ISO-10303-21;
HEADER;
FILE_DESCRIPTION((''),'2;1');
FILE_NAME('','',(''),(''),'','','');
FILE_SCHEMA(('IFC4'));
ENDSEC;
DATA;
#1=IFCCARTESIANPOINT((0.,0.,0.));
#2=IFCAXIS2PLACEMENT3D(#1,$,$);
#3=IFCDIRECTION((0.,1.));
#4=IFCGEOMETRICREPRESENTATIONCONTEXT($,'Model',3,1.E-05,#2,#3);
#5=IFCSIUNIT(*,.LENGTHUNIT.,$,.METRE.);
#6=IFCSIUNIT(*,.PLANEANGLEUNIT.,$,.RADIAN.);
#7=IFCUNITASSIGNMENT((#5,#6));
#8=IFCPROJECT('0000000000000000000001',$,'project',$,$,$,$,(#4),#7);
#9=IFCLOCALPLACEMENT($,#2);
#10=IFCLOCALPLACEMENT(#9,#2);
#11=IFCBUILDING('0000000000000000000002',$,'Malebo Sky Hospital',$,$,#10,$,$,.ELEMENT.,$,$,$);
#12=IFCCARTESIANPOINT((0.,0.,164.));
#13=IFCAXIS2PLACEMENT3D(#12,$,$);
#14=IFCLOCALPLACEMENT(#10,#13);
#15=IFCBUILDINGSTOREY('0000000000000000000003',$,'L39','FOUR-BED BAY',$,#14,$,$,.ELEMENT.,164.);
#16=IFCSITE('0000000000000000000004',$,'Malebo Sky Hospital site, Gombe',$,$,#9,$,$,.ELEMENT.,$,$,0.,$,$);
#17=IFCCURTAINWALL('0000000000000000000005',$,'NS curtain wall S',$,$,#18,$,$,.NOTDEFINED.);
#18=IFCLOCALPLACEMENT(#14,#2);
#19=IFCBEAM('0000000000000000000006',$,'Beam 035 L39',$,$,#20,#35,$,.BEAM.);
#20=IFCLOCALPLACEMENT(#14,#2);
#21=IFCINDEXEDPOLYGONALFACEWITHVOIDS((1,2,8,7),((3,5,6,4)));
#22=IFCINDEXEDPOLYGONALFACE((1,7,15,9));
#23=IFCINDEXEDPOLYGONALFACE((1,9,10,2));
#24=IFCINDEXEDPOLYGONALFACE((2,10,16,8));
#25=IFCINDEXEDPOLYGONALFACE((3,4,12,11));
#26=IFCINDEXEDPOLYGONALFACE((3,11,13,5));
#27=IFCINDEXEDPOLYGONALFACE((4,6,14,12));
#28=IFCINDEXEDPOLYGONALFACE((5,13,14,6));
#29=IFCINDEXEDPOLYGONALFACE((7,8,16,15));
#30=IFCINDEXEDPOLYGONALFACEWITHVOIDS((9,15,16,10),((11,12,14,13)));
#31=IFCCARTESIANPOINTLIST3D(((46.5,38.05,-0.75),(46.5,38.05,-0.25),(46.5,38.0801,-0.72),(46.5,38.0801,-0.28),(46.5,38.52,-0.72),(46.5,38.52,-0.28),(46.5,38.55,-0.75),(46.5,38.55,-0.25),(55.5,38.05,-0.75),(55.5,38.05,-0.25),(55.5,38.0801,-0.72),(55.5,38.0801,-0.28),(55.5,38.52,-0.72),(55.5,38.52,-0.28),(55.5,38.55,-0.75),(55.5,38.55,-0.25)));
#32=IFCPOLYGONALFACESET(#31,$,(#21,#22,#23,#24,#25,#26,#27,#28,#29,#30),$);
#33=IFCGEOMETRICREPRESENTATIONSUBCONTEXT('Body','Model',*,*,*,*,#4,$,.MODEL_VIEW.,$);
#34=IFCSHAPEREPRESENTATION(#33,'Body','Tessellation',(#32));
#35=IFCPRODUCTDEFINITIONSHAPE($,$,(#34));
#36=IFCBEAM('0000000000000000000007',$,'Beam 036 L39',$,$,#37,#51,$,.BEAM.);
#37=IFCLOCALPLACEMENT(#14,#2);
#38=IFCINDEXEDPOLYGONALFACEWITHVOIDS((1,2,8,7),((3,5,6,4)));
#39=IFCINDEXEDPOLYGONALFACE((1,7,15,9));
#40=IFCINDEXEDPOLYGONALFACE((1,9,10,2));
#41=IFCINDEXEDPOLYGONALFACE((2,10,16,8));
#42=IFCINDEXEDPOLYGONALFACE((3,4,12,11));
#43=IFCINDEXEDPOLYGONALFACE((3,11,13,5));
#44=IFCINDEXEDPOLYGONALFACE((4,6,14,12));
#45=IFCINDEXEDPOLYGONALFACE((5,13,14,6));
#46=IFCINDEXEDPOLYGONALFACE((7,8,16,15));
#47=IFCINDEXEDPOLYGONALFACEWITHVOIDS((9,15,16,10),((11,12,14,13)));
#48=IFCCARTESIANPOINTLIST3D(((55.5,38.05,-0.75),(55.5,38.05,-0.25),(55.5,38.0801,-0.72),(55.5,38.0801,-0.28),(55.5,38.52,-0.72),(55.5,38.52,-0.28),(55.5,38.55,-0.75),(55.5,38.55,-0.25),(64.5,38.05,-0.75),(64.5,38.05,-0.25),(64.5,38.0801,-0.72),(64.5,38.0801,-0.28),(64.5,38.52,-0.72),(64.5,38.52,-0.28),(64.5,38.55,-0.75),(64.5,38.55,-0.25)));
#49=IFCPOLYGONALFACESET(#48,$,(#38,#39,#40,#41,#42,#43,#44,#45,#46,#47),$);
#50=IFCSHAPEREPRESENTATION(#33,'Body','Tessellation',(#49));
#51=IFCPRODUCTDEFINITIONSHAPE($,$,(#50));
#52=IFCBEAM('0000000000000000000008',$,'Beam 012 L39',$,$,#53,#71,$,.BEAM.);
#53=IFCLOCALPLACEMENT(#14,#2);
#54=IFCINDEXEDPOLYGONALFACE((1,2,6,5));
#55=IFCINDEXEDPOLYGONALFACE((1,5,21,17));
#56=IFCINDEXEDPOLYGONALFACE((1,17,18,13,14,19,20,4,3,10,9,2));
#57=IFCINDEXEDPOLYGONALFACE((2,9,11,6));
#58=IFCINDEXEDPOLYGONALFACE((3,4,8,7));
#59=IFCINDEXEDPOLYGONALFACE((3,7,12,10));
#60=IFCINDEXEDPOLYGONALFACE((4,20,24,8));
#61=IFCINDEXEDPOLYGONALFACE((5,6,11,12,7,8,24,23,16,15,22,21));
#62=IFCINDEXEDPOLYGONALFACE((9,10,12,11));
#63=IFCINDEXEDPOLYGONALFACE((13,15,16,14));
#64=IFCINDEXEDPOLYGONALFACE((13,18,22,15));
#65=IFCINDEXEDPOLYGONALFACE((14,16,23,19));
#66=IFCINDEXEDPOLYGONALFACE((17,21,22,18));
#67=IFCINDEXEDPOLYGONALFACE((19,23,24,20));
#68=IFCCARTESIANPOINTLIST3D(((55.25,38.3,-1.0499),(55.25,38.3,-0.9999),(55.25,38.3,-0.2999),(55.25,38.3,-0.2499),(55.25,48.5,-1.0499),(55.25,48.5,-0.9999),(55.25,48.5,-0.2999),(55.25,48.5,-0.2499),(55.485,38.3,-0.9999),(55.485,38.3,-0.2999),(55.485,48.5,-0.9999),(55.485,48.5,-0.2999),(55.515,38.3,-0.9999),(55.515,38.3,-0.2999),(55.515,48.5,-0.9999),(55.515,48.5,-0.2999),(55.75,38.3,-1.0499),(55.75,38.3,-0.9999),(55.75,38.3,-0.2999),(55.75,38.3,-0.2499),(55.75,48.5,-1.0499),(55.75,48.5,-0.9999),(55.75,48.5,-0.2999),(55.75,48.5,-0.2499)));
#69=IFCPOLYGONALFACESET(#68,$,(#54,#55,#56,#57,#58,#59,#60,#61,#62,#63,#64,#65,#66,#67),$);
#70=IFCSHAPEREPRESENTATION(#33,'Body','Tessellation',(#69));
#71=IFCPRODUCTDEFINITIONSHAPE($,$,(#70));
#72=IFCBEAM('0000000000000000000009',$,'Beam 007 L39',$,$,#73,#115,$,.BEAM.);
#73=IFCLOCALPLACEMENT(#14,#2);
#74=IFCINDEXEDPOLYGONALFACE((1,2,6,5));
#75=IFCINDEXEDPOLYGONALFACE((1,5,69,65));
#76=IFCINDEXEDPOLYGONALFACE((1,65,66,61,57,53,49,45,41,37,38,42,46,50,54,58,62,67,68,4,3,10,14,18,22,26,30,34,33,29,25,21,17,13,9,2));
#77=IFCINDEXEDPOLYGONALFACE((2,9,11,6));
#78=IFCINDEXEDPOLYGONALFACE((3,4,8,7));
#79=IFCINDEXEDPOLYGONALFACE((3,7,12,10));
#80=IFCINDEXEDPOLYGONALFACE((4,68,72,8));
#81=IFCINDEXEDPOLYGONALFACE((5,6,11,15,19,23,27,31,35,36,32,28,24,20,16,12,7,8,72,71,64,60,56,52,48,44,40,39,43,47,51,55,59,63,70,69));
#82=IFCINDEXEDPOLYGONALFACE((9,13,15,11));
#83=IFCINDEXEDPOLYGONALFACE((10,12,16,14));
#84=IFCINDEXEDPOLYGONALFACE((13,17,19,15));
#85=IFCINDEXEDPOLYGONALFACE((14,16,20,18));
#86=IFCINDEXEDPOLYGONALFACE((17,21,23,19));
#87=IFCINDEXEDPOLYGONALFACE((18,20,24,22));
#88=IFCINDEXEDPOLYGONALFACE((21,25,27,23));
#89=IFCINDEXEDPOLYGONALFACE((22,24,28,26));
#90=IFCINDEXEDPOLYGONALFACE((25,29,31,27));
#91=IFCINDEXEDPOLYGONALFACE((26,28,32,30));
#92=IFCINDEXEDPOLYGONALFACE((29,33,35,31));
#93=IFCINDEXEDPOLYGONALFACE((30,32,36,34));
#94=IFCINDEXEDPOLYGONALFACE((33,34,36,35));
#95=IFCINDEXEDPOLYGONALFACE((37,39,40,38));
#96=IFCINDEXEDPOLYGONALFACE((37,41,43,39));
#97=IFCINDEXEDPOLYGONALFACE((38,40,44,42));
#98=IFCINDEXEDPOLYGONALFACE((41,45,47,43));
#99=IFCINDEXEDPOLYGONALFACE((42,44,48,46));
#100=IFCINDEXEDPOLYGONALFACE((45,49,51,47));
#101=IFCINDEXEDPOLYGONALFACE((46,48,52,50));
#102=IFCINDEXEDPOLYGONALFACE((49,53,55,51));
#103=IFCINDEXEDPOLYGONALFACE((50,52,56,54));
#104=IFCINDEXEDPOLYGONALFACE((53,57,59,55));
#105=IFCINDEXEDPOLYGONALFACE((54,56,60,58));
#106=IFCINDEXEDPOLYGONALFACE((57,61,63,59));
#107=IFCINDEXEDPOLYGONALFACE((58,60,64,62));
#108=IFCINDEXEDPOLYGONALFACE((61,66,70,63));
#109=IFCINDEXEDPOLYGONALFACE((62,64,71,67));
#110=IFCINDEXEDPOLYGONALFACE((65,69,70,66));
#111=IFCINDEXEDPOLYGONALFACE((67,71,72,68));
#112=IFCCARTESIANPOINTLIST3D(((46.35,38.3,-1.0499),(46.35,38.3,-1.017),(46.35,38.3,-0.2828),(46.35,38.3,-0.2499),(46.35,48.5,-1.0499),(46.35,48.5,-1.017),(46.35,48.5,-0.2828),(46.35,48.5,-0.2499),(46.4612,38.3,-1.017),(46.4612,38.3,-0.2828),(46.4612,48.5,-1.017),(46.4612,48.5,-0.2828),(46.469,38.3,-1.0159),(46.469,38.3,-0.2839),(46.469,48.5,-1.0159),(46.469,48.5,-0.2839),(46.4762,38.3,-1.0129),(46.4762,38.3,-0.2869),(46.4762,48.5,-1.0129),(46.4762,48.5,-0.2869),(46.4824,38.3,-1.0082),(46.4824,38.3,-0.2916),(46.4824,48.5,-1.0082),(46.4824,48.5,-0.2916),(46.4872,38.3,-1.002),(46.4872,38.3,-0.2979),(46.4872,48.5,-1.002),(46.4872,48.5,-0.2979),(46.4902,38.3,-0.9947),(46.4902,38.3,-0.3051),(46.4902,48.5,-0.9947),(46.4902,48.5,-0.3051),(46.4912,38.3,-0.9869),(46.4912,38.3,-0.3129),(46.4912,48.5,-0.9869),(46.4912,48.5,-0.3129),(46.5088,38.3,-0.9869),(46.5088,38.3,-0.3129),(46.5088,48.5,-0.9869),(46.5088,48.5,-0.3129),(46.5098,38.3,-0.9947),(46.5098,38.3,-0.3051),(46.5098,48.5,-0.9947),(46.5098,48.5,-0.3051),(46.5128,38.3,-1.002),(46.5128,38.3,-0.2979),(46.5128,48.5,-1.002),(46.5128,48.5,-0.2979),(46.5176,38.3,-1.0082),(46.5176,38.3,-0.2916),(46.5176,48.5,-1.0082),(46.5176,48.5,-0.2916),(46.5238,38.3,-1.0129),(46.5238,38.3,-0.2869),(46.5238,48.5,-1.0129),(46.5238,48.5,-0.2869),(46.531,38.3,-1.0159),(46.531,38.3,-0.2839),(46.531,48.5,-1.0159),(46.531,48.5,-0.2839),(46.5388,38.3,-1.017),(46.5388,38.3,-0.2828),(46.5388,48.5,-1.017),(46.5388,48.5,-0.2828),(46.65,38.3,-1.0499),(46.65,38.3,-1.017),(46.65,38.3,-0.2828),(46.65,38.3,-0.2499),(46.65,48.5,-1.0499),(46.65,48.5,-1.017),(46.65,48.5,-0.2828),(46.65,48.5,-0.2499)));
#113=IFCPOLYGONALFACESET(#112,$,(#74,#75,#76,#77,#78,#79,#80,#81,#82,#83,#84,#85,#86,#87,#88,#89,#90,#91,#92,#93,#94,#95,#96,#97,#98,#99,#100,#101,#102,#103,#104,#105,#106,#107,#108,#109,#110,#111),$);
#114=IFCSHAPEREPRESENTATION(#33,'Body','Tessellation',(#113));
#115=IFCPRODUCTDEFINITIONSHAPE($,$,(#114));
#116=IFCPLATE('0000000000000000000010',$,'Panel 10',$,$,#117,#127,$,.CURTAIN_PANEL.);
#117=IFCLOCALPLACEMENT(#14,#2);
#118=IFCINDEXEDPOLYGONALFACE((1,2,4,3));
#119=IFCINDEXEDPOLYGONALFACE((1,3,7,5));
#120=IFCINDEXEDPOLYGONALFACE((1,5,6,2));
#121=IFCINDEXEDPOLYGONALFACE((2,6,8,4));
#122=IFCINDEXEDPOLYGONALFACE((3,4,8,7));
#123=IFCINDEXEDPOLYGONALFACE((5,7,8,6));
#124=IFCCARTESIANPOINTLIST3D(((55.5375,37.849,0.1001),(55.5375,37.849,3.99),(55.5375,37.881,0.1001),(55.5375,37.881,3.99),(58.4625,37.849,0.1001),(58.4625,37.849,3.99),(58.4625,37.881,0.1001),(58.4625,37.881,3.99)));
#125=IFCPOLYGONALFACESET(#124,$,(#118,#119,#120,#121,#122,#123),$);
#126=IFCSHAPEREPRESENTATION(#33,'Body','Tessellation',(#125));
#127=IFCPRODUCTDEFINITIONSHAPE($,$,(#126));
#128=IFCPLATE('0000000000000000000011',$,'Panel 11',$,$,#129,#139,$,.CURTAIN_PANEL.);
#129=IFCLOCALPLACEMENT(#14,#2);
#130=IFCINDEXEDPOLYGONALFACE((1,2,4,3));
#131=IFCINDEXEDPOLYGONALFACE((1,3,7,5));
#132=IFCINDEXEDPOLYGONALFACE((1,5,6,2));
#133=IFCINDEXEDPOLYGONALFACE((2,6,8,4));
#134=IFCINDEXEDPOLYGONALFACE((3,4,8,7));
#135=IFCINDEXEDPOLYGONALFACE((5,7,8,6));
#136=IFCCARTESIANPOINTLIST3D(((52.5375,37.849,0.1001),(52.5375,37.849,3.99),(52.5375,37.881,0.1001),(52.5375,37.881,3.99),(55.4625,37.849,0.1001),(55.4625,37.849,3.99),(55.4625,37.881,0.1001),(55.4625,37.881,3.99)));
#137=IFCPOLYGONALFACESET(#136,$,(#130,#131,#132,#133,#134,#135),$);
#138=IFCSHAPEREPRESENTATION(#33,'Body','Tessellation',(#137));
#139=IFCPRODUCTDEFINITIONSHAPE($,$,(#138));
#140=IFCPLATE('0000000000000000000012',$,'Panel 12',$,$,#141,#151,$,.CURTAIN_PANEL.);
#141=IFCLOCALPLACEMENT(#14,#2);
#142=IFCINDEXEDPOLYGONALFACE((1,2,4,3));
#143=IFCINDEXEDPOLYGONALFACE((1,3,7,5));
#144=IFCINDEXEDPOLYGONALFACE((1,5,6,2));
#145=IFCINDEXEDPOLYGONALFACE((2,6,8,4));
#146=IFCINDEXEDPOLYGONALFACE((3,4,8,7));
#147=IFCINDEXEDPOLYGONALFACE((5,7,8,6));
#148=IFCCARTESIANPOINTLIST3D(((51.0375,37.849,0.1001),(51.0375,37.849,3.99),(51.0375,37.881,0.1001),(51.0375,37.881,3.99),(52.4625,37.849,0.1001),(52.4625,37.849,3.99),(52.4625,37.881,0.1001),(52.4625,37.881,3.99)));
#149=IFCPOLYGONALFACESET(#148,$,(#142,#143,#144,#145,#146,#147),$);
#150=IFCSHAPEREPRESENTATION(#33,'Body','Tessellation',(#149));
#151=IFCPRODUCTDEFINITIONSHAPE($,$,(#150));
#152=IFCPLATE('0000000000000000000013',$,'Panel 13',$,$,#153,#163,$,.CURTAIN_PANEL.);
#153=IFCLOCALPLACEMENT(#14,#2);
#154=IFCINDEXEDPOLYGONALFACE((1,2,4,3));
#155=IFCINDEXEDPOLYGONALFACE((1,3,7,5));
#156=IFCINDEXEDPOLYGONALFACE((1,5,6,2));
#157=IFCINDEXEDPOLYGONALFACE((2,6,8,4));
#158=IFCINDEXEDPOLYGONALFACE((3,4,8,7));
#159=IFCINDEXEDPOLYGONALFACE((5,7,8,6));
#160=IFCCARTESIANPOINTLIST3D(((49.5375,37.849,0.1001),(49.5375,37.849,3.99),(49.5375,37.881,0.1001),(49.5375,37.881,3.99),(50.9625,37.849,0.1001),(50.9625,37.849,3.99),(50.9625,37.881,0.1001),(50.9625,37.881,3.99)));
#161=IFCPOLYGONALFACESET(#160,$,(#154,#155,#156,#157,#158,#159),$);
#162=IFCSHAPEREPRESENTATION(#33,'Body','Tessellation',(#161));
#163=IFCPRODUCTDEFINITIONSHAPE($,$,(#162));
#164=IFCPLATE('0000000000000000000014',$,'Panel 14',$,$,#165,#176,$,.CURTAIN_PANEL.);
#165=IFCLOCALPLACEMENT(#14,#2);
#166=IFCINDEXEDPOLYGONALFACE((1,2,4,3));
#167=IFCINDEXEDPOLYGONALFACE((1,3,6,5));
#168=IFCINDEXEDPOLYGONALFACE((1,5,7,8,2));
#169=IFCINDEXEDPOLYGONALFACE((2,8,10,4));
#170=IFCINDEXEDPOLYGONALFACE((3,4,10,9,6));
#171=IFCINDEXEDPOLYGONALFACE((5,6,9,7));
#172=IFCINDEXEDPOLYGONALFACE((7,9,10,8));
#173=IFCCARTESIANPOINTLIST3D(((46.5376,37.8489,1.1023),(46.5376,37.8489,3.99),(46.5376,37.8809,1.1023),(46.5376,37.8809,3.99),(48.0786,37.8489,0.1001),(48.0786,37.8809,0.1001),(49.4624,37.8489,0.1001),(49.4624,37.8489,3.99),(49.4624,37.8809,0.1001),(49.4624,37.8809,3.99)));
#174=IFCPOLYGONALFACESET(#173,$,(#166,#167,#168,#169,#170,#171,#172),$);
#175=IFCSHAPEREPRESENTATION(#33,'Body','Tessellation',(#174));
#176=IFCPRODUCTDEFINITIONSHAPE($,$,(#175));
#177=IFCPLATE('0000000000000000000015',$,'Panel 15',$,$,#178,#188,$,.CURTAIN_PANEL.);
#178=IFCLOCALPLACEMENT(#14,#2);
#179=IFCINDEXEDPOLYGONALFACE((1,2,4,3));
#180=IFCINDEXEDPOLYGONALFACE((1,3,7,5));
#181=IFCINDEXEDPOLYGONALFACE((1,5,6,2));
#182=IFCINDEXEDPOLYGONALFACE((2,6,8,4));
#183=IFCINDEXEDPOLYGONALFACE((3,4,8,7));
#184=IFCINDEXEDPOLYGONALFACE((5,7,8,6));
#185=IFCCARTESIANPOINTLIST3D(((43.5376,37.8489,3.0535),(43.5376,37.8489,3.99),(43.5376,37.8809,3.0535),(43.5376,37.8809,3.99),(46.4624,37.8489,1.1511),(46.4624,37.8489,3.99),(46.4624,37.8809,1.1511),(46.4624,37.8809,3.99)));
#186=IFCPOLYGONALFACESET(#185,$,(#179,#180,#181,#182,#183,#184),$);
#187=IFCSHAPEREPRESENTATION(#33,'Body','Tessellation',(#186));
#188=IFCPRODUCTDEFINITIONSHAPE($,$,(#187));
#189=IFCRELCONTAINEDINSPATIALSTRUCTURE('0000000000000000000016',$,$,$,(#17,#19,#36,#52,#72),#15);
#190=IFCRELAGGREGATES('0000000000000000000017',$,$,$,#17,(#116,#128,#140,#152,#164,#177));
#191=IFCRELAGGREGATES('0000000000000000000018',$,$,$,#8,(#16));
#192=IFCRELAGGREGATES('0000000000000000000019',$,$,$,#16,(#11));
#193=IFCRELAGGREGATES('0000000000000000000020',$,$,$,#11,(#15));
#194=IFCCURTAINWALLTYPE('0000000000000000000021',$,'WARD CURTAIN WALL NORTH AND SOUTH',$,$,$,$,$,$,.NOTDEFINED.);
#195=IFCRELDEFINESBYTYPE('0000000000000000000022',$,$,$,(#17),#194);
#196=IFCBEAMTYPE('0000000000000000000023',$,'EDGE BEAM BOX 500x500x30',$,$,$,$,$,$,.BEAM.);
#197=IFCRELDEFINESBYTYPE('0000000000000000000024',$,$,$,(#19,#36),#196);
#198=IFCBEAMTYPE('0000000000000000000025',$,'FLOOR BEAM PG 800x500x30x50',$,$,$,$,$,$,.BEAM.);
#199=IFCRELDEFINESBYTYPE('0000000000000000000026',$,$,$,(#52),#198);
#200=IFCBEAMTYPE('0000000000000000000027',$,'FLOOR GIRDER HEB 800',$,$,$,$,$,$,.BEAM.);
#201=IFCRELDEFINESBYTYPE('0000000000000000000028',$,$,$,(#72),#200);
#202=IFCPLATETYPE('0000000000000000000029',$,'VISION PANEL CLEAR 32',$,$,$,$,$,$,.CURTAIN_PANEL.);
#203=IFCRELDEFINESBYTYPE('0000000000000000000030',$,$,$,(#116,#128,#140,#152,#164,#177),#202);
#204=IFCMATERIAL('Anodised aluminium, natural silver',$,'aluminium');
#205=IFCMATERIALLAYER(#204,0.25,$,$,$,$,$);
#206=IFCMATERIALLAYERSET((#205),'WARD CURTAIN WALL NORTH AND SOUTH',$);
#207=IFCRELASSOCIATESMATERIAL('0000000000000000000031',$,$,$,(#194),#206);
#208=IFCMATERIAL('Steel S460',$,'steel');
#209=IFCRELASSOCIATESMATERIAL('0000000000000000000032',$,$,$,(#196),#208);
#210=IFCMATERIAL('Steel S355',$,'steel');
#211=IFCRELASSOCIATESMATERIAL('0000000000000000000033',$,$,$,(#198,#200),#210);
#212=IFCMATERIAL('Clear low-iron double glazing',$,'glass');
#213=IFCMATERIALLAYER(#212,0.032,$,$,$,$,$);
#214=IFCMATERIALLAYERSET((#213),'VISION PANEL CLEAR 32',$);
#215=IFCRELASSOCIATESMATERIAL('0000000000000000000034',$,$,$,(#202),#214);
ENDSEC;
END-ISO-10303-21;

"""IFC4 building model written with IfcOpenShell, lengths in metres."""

from ifc_helpers import new_model, si_unit, direction, frame, origin, origin_2d, place, context, subcontext, project, spatial, polyline, rectangle, hollow_rectangle, i_section, outline, extrude, material, layer, layer_set, material_profile, profile_set, type_object, element, aggregate, save


model = new_model("IFC4")

# Units and contexts
model_context = context("Model", 3, precision=1e-05, world=origin(), true_north=direction((0.0, 1.0)))
body_context = subcontext(model_context, "Body", "Model", "MODEL_VIEW")
ifc_project = project(units=[si_unit("LENGTHUNIT", "METRE"), si_unit("PLANEANGLEUNIT", "RADIAN")], contexts=[model_context])

# Site, building, storey
site_placement = place(None, origin())
site = spatial("IfcSite", under=ifc_project, at=site_placement, Name="Malebo Sky Hospital site, Gombe", CompositionType="ELEMENT", RefElevation=0.0)
building_placement = place(site_placement, origin())
building = spatial("IfcBuilding", under=site, at=building_placement, Name="Malebo Sky Hospital", CompositionType="ELEMENT")
storey_placement = place(building_placement, frame((0.0, 0.0, 164.0)))
storey = spatial("IfcBuildingStorey", under=building, at=storey_placement, Name="L39", Description="FOUR-BED BAY", CompositionType="ELEMENT", Elevation=164.0)

# Shared definitions
ifc_material_1 = material(Name="Steel S460", Category="steel")

# Curtain wall
ifc_material_2 = material(Name="Anodised aluminium, natural silver", Category="aluminium")
ifc_layer_1 = layer(ifc_material_2, 0.25)
ifc_layer_set_1 = layer_set([ifc_layer_1], Name="WARD CURTAIN WALL NORTH AND SOUTH")
curtain_wall_type = type_object("IfcCurtainWallType", Name="WARD CURTAIN WALL NORTH AND SOUTH", PredefinedType="NOTDEFINED", material=ifc_layer_set_1)
curtain_wall_placement = place(storey_placement, origin())
curtain_wall = element("IfcCurtainWall", 1, at=curtain_wall_placement, inside=storey, type_object=curtain_wall_type, Name="NS curtain wall S", PredefinedType="NOTDEFINED")

# Shared definitions
ifc_material_3 = material(Name="Steel S355", Category="steel")

# Beams
ifc_material_profile_1 = material_profile(ifc_material_1, hollow_rectangle(XDim=0.5, YDim=0.5, WallThickness=0.03, at=origin_2d()), Name="BOX 500x500x30")
ifc_profile_set_1 = profile_set([ifc_material_profile_1], Name="Steel S460")
beam_type_1 = type_object("IfcBeamType", Name="EDGE BEAM BOX 500x500x30", PredefinedType="BEAM", material=ifc_profile_set_1)
for number, where, z_axis, x_axis, name in (
    (2, (46.5, 38.3, -0.5), (1.0, 0.0, 0.0), (0.0, 1.0, 0.0), "Beam 035 L39"),
    (3, (55.5, 38.3, -0.5), (1.0, 0.0, 0.0), (0.0, 1.0, 0.0), "Beam 036 L39"),
):
    element("IfcBeam", number, at=place(storey_placement, frame(where, z_axis=z_axis, x_axis=x_axis)), inside=storey, type_object=beam_type_1, Name=name, PredefinedType="BEAM", context=body_context, shape_type="SweptSolid", body=[
        extrude(hollow_rectangle(XDim=0.5, YDim=0.5, WallThickness=0.03, at=origin_2d()), origin(), (0.0, 0.0, 1.0), 9.0),
    ])
ifc_material_profile_2 = material_profile(ifc_material_3, i_section(OverallWidth=0.5, OverallDepth=0.8, WebThickness=0.03, FlangeThickness=0.05, at=origin_2d()), Name="PG 800x500x30x50")
ifc_profile_set_2 = profile_set([ifc_material_profile_2], Name="Steel S355")
beam_type_2 = type_object("IfcBeamType", Name="FLOOR BEAM PG 800x500x30x50", PredefinedType="BEAM", material=ifc_profile_set_2)
beam_1_placement = place(storey_placement, frame((55.5, 38.3, -0.6499), z_axis=(0.0, 1.0, 0.0), x_axis=(-1.0, 0.0, 0.0)))
element("IfcBeam", 4, at=beam_1_placement, inside=storey, type_object=beam_type_2, Name="Beam 012 L39", PredefinedType="BEAM", context=body_context, shape_type="SweptSolid", body=[
    extrude(i_section(OverallWidth=0.5, OverallDepth=0.8, WebThickness=0.03, FlangeThickness=0.05, at=origin_2d()), origin(), (0.0, 0.0, 1.0), 10.2),
])
ifc_material_profile_3 = material_profile(ifc_material_3, i_section(OverallWidth=0.3, OverallDepth=0.8, WebThickness=0.0176, FlangeThickness=0.033, FilletRadius=0.03, at=origin_2d()), Name="HEB 800")
ifc_profile_set_3 = profile_set([ifc_material_profile_3], Name="Steel S355")
beam_type_3 = type_object("IfcBeamType", Name="FLOOR GIRDER HEB 800", PredefinedType="BEAM", material=ifc_profile_set_3)
beam_2_placement = place(storey_placement, frame((46.5, 38.3, -0.6499), z_axis=(0.0, 1.0, 0.0), x_axis=(-1.0, 0.0, 0.0)))
element("IfcBeam", 5, at=beam_2_placement, inside=storey, type_object=beam_type_3, Name="Beam 007 L39", PredefinedType="BEAM", context=body_context, shape_type="SweptSolid", body=[
    extrude(i_section(OverallWidth=0.3, OverallDepth=0.8, WebThickness=0.0176, FlangeThickness=0.033, FilletRadius=0.03, at=origin_2d()), origin(), (0.0, 0.0, 1.0), 10.2),
])

# Plates
ifc_material_4 = material(Name="Clear low-iron double glazing", Category="glass")
ifc_layer_2 = layer(ifc_material_4, 0.032)
ifc_layer_set_2 = layer_set([ifc_layer_2], Name="VISION PANEL CLEAR 32")
plate_type = type_object("IfcPlateType", Name="VISION PANEL CLEAR 32", PredefinedType="CURTAIN_PANEL", material=ifc_layer_set_2)
plate_1_placement = place(storey_placement, frame((57.0, 37.865, 0.1001), z_axis=(0.0, 0.0, 1.0), x_axis=(-1.0, 0.0, 0.0)))
plate_1 = element("IfcPlate", 6, at=plate_1_placement, type_object=plate_type, Name="Panel 10", PredefinedType="CURTAIN_PANEL", context=body_context, shape_type="SweptSolid", body=[
    extrude(rectangle(XDim=2.925, YDim=0.032, at=origin_2d()), origin(), (0.0, 0.0, 1.0), 3.8899),
])
plate_2_placement = place(storey_placement, frame((54.0, 37.865, 0.1001), z_axis=(0.0, 0.0, 1.0), x_axis=(-1.0, 0.0, 0.0)))
plate_2 = element("IfcPlate", 7, at=plate_2_placement, type_object=plate_type, Name="Panel 11", PredefinedType="CURTAIN_PANEL", context=body_context, shape_type="SweptSolid", body=[
    extrude(rectangle(XDim=2.925, YDim=0.032, at=origin_2d()), origin(), (0.0, 0.0, 1.0), 3.8899),
])
plate_3_placement = place(storey_placement, frame((51.75, 37.865, 0.1001), z_axis=(0.0, 0.0, 1.0), x_axis=(-1.0, 0.0, 0.0)))
plate_3 = element("IfcPlate", 8, at=plate_3_placement, type_object=plate_type, Name="Panel 12", PredefinedType="CURTAIN_PANEL", context=body_context, shape_type="SweptSolid", body=[
    extrude(rectangle(XDim=1.425, YDim=0.032, at=origin_2d()), origin(), (0.0, 0.0, 1.0), 3.8899),
])
plate_4_placement = place(storey_placement, frame((50.25, 37.865, 0.1001), z_axis=(0.0, 0.0, 1.0), x_axis=(-1.0, 0.0, 0.0)))
plate_4 = element("IfcPlate", 9, at=plate_4_placement, type_object=plate_type, Name="Panel 13", PredefinedType="CURTAIN_PANEL", context=body_context, shape_type="SweptSolid", body=[
    extrude(rectangle(XDim=1.425, YDim=0.032, at=origin_2d()), origin(), (0.0, 0.0, 1.0), 3.8899),
])
plate_5_placement = place(storey_placement, frame((48.0, 37.865, 0.1001), z_axis=(0.0, 0.0, 1.0), x_axis=(-1.0, 0.0, 0.0)))
plate_5 = element("IfcPlate", 10, at=plate_5_placement, type_object=plate_type, Name="Panel 14", PredefinedType="CURTAIN_PANEL", context=body_context, shape_type="SweptSolid", body=[
    extrude(outline(polyline([(-1.4624, 0.0), (-0.0786, 0.0), (1.4624, 1.0022), (1.4624, 3.8899), (-1.4624, 3.8899), (-1.4624, 0.0)])), frame((0.0, 0.0161, 0.0), z_axis=(0.0, -1.0, 0.0), x_axis=(1.0, 0.0, 0.0)), (0.0, 0.0, 1.0), 0.032),
])
plate_6_placement = place(storey_placement, frame((45.0, 37.865, 1.1511), z_axis=(0.0, 0.0, 1.0), x_axis=(-1.0, 0.0, 0.0)))
plate_6 = element("IfcPlate", 11, at=plate_6_placement, type_object=plate_type, Name="Panel 15", PredefinedType="CURTAIN_PANEL", context=body_context, shape_type="SweptSolid", body=[
    extrude(outline(polyline([(-1.4624, 0.0), (1.4624, 1.9023), (1.4624, 2.8389), (-1.4624, 2.8389), (-1.4624, 0.0)])), frame((0.0, 0.0161, 0.0), z_axis=(0.0, -1.0, 0.0), x_axis=(1.0, 0.0, 0.0)), (0.0, 0.0, 1.0), 0.032),
])
aggregate(curtain_wall, [plate_1, plate_2, plate_3, plate_4, plate_5, plate_6])

save(model, "model.ifc")
